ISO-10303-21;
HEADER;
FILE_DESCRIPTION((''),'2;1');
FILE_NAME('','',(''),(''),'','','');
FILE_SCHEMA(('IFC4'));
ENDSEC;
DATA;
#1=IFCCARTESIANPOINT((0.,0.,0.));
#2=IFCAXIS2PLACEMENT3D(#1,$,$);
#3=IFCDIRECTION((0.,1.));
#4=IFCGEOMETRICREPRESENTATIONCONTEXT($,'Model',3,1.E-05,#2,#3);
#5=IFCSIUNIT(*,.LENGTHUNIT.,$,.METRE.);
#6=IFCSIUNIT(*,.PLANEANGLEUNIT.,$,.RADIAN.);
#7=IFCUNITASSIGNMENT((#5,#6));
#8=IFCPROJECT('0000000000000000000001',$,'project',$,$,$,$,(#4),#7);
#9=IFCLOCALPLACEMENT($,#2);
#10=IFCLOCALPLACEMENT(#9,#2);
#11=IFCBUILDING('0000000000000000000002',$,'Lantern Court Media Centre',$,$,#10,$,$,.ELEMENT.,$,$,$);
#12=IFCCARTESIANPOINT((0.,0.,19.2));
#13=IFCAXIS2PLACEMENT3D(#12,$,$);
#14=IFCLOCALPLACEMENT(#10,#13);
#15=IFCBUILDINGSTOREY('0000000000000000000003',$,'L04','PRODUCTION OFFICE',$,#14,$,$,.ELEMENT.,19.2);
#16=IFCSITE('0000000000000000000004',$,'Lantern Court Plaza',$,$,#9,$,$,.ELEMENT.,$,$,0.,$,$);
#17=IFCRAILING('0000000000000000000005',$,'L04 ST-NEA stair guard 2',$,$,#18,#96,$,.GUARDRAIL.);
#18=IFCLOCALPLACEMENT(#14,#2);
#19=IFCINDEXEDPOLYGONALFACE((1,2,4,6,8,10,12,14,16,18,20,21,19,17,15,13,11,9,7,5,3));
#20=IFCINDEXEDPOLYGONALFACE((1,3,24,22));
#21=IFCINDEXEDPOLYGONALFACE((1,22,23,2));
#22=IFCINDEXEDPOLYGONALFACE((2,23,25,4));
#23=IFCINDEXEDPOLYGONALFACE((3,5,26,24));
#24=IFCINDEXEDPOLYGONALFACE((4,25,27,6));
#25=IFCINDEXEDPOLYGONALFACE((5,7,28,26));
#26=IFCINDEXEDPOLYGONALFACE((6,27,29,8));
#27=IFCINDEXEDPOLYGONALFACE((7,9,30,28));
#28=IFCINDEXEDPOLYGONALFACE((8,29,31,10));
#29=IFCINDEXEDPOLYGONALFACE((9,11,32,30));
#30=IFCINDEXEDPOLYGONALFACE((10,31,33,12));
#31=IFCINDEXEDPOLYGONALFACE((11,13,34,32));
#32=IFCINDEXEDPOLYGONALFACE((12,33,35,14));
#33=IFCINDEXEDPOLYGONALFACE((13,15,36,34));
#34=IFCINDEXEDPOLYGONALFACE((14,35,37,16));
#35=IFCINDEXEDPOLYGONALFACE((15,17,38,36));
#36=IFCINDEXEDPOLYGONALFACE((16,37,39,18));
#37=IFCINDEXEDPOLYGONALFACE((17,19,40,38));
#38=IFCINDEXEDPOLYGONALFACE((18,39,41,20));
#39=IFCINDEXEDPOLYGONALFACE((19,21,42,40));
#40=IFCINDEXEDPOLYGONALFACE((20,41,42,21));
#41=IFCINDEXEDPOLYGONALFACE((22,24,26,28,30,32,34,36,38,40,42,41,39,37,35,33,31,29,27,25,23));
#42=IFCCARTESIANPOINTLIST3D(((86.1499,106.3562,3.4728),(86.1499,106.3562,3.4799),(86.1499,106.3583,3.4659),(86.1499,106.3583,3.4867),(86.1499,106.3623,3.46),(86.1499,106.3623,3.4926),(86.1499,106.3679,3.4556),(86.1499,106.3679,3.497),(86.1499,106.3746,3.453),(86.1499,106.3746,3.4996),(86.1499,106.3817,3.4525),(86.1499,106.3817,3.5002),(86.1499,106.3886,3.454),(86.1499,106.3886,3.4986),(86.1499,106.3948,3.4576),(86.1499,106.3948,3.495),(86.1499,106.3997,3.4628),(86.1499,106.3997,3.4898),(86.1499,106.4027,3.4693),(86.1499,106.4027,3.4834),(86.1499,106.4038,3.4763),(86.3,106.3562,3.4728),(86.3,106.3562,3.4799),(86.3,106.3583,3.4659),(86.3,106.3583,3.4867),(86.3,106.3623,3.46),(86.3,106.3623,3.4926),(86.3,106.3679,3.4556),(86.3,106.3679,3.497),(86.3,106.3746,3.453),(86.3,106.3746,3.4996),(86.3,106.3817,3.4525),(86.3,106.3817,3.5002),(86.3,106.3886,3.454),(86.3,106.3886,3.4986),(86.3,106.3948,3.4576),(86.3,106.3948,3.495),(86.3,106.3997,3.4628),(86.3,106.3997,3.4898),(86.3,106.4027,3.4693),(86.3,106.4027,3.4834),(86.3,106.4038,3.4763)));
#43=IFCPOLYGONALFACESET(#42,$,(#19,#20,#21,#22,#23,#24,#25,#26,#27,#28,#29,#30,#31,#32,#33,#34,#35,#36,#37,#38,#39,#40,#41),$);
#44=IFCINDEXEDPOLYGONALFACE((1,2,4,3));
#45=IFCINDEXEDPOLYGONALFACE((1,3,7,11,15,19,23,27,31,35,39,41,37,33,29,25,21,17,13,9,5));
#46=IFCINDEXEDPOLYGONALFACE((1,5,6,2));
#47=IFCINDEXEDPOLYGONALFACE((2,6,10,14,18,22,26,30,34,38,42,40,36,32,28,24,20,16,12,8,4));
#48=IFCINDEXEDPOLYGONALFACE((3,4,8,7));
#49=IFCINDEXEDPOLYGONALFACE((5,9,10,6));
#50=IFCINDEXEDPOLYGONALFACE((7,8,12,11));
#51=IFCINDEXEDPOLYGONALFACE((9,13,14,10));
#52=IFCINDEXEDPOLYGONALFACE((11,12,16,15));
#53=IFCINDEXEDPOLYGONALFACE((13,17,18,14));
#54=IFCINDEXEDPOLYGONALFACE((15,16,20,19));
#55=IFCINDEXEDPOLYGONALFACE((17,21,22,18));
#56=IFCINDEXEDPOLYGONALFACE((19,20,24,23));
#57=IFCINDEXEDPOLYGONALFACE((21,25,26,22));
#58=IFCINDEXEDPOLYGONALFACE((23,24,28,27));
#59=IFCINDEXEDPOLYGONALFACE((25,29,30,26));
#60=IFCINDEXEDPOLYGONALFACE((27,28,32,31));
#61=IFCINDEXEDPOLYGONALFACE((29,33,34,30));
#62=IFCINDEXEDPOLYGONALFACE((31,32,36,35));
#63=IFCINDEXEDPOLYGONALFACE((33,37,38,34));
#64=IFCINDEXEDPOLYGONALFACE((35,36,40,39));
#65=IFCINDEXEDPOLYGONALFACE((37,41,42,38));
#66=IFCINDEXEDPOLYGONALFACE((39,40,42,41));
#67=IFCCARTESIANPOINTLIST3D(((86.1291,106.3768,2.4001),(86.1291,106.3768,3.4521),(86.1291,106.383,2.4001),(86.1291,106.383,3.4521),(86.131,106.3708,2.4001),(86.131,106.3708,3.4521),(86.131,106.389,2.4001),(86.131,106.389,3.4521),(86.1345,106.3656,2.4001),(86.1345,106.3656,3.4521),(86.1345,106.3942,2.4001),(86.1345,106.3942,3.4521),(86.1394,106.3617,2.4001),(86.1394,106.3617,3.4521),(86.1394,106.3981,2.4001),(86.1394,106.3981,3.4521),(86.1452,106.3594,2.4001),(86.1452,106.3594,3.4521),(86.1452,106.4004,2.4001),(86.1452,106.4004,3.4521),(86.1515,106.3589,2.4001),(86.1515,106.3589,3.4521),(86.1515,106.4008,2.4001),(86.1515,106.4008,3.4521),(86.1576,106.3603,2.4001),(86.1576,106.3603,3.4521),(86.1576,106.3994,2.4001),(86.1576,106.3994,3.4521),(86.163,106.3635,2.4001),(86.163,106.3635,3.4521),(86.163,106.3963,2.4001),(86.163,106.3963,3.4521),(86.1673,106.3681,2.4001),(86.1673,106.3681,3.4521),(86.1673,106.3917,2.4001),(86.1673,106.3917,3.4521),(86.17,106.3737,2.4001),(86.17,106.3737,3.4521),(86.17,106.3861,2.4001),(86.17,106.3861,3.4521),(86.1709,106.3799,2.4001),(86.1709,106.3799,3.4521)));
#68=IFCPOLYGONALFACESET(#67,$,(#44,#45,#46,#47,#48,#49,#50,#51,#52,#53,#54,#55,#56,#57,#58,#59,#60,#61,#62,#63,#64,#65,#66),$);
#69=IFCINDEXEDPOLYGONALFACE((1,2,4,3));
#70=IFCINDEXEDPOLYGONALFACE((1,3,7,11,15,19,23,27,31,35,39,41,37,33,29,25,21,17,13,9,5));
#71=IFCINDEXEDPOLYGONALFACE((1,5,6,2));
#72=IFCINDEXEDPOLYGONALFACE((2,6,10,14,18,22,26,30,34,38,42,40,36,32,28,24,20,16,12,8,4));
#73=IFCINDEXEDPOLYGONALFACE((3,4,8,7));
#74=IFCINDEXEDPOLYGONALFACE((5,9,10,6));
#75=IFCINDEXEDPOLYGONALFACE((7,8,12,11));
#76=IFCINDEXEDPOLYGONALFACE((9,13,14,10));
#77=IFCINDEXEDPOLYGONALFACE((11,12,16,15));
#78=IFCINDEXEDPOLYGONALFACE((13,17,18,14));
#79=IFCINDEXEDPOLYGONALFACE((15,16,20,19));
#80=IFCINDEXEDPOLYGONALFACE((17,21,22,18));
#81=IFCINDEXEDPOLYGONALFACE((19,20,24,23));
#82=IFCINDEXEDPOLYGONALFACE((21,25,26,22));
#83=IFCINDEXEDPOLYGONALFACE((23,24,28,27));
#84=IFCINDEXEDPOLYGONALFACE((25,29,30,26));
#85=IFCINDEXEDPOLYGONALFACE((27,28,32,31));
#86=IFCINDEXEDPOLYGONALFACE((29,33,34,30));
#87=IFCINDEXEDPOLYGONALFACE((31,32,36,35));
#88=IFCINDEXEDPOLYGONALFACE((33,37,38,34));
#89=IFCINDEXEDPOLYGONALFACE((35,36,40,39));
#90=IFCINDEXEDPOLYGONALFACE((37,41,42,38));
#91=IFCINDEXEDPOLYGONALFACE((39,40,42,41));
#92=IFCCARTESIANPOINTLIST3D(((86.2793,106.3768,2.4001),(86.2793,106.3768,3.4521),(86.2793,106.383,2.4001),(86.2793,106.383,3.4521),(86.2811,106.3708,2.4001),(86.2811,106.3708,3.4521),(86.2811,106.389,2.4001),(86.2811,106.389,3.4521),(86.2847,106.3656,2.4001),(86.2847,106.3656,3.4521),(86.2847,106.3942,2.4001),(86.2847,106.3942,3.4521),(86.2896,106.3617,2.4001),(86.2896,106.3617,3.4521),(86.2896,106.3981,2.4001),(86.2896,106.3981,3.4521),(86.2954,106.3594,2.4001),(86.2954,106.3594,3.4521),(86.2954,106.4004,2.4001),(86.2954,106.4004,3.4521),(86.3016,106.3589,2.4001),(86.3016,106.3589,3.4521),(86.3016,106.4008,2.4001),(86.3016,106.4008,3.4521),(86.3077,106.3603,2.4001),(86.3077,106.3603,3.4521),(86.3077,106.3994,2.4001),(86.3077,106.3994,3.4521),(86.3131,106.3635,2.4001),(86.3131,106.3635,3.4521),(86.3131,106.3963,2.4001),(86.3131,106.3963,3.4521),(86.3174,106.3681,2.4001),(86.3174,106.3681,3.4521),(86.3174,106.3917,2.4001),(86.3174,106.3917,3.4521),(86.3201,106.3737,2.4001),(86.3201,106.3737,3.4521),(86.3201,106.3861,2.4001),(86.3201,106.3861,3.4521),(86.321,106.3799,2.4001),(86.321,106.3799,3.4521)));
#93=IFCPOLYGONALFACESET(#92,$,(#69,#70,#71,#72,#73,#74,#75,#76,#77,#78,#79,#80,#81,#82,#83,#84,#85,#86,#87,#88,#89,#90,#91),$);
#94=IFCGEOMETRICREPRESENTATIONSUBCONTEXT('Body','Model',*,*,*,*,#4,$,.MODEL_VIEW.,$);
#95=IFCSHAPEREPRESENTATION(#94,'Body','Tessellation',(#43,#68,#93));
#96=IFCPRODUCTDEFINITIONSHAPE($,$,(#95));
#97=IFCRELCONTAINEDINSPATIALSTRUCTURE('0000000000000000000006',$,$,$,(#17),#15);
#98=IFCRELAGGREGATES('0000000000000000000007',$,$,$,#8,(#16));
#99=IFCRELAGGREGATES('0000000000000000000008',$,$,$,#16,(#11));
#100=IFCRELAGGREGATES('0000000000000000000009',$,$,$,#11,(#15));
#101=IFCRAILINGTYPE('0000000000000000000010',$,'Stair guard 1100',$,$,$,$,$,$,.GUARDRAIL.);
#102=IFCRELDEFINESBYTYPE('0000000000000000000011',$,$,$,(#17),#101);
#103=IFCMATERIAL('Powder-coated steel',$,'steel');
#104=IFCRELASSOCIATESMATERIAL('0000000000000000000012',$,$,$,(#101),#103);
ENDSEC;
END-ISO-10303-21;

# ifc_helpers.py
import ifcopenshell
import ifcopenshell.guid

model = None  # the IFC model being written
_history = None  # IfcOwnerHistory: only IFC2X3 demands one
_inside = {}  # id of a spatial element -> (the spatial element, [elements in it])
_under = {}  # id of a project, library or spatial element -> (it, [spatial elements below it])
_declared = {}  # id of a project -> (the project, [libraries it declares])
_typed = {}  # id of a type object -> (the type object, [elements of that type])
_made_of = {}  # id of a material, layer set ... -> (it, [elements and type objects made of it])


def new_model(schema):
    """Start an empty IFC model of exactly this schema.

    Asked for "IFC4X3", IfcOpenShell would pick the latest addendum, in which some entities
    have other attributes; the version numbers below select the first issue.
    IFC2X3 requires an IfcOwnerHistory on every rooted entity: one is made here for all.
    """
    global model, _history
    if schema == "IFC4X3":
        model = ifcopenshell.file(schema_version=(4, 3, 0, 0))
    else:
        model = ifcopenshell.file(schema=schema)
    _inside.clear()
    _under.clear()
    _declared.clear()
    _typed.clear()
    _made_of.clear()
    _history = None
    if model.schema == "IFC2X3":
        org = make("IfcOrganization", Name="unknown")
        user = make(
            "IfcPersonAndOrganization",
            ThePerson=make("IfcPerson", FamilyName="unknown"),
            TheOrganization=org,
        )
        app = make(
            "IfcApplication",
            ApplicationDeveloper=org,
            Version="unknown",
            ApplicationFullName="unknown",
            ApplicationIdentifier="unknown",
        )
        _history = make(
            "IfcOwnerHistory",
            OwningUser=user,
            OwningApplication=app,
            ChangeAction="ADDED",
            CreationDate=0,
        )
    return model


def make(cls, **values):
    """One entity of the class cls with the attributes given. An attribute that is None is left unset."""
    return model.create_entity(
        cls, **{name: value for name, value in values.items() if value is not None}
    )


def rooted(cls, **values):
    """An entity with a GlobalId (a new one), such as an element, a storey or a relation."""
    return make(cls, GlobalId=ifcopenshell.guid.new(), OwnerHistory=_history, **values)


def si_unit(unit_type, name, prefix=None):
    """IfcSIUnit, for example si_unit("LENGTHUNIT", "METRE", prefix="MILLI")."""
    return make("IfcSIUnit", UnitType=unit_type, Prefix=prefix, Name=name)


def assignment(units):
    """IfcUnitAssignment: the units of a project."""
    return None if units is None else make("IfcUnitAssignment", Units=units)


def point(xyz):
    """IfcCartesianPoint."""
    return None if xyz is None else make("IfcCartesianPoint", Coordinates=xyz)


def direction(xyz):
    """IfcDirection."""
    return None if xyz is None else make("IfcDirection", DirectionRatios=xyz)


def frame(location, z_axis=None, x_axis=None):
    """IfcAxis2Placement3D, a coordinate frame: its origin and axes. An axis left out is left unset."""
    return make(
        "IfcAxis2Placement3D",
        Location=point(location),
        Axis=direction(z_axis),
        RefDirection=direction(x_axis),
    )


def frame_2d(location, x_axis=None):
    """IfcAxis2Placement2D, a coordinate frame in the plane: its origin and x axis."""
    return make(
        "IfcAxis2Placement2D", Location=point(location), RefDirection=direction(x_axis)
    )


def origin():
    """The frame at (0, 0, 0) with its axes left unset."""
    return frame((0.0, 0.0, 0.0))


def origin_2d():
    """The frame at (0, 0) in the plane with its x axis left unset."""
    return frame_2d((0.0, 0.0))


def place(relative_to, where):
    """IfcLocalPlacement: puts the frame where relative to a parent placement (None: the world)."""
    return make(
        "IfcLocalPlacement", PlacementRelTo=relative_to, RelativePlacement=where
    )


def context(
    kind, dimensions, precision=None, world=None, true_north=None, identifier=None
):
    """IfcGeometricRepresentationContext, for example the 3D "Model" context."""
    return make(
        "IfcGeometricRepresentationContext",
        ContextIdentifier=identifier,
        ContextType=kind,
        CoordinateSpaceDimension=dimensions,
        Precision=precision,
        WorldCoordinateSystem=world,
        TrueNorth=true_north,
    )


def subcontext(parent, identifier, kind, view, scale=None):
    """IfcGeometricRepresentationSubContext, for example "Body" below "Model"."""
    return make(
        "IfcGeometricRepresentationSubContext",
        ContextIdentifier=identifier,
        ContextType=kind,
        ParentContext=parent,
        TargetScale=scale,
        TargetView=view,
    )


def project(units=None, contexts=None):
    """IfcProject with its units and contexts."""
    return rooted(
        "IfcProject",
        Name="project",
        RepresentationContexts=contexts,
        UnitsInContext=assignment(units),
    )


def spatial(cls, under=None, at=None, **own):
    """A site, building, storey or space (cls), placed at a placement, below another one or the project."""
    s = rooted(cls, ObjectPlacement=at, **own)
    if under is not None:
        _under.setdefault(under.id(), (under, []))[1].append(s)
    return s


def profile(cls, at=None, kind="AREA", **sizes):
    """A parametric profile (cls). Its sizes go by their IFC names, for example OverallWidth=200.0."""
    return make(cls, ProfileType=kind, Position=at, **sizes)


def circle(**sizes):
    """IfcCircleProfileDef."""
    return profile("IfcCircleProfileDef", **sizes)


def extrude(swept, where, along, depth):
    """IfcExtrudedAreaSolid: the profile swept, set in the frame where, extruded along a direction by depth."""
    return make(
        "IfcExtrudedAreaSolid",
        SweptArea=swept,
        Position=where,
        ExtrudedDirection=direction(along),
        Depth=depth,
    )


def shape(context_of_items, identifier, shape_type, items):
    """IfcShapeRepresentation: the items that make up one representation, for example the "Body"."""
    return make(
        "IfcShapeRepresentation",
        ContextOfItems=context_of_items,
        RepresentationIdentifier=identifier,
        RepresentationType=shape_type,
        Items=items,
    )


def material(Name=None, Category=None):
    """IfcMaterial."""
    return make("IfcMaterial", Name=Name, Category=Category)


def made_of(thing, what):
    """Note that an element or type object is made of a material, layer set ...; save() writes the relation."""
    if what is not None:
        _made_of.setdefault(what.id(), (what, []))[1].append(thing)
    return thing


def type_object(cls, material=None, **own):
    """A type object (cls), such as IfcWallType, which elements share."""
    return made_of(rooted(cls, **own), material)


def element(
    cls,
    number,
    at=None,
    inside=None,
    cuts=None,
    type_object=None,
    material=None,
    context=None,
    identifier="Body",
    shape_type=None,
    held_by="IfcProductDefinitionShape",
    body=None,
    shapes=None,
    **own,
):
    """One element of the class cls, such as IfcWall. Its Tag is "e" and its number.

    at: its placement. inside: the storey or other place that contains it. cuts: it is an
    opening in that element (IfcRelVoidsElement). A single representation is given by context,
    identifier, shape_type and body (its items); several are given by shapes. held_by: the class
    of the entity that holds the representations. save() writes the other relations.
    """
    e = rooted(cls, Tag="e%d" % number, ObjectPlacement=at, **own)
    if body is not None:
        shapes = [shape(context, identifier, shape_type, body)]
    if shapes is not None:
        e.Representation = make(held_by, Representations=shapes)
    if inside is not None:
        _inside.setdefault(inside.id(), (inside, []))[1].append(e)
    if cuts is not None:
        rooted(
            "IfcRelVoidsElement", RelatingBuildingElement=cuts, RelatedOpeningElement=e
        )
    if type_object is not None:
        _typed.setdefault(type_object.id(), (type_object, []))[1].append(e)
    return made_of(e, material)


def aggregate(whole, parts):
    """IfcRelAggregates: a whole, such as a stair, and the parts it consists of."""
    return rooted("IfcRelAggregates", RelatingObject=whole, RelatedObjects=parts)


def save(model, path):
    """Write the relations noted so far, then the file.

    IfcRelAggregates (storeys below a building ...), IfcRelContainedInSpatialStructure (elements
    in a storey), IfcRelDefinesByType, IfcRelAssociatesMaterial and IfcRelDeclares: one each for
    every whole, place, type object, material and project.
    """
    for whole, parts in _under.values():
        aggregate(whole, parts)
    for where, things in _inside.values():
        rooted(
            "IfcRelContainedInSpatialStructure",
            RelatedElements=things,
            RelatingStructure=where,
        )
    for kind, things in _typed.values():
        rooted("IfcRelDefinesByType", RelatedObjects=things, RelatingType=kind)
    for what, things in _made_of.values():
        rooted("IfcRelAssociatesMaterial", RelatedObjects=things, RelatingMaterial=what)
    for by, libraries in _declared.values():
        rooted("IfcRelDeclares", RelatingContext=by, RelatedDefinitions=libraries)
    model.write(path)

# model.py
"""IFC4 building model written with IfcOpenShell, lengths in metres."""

from ifc_helpers import new_model, si_unit, direction, frame, origin, origin_2d, place, context, subcontext, project, spatial, circle, extrude, material, type_object, element, save


model = new_model("IFC4")

# Units and contexts
model_context = context("Model", 3, precision=1e-05, world=origin(), true_north=direction((0.0, 1.0)))
body_context = subcontext(model_context, "Body", "Model", "MODEL_VIEW")
ifc_project = project(units=[si_unit("LENGTHUNIT", "METRE"), si_unit("PLANEANGLEUNIT", "RADIAN")], contexts=[model_context])

# Site, building, storey
site_placement = place(None, origin())
site = spatial("IfcSite", under=ifc_project, at=site_placement, Name="Lantern Court Plaza", CompositionType="ELEMENT", RefElevation=0.0)
building_placement = place(site_placement, origin())
building = spatial("IfcBuilding", under=site, at=building_placement, Name="Lantern Court Media Centre", CompositionType="ELEMENT")
storey_placement = place(building_placement, frame((0.0, 0.0, 19.2)))
storey = spatial("IfcBuildingStorey", under=building, at=storey_placement, Name="L04", Description="PRODUCTION OFFICE", CompositionType="ELEMENT", Elevation=19.2)

# Shared definitions
ifc_material_1 = material(Name="Powder-coated steel", Category="steel")

# Railing
railing_type_1 = type_object("IfcRailingType", Name="Stair guard 1100", PredefinedType="GUARDRAIL", material=ifc_material_1)
railing_1_placement = place(storey_placement, frame((86.1499, 106.3799, 2.4001)))
element("IfcRailing", 1, at=railing_1_placement, inside=storey, type_object=railing_type_1, Name="L04 ST-NEA stair guard 2", PredefinedType="GUARDRAIL", context=body_context, shape_type="SweptSolid", body=[
    extrude(circle(Radius=0.0239, at=origin_2d()), frame((0.0, 0.0, 1.0762), z_axis=(1.0, 0.0, 0.0), x_axis=(0.0, 1.0, 0.0)), (0.0, 0.0, 1.0), 0.1501),
    extrude(circle(Radius=0.021, at=origin_2d()), origin(), (0.0, 0.0, 1.0), 1.052),
    extrude(circle(Radius=0.021, at=origin_2d()), frame((0.1501, 0.0, 0.0)), (0.0, 0.0, 1.0), 1.052),
])

save(model, "model.ifc")
